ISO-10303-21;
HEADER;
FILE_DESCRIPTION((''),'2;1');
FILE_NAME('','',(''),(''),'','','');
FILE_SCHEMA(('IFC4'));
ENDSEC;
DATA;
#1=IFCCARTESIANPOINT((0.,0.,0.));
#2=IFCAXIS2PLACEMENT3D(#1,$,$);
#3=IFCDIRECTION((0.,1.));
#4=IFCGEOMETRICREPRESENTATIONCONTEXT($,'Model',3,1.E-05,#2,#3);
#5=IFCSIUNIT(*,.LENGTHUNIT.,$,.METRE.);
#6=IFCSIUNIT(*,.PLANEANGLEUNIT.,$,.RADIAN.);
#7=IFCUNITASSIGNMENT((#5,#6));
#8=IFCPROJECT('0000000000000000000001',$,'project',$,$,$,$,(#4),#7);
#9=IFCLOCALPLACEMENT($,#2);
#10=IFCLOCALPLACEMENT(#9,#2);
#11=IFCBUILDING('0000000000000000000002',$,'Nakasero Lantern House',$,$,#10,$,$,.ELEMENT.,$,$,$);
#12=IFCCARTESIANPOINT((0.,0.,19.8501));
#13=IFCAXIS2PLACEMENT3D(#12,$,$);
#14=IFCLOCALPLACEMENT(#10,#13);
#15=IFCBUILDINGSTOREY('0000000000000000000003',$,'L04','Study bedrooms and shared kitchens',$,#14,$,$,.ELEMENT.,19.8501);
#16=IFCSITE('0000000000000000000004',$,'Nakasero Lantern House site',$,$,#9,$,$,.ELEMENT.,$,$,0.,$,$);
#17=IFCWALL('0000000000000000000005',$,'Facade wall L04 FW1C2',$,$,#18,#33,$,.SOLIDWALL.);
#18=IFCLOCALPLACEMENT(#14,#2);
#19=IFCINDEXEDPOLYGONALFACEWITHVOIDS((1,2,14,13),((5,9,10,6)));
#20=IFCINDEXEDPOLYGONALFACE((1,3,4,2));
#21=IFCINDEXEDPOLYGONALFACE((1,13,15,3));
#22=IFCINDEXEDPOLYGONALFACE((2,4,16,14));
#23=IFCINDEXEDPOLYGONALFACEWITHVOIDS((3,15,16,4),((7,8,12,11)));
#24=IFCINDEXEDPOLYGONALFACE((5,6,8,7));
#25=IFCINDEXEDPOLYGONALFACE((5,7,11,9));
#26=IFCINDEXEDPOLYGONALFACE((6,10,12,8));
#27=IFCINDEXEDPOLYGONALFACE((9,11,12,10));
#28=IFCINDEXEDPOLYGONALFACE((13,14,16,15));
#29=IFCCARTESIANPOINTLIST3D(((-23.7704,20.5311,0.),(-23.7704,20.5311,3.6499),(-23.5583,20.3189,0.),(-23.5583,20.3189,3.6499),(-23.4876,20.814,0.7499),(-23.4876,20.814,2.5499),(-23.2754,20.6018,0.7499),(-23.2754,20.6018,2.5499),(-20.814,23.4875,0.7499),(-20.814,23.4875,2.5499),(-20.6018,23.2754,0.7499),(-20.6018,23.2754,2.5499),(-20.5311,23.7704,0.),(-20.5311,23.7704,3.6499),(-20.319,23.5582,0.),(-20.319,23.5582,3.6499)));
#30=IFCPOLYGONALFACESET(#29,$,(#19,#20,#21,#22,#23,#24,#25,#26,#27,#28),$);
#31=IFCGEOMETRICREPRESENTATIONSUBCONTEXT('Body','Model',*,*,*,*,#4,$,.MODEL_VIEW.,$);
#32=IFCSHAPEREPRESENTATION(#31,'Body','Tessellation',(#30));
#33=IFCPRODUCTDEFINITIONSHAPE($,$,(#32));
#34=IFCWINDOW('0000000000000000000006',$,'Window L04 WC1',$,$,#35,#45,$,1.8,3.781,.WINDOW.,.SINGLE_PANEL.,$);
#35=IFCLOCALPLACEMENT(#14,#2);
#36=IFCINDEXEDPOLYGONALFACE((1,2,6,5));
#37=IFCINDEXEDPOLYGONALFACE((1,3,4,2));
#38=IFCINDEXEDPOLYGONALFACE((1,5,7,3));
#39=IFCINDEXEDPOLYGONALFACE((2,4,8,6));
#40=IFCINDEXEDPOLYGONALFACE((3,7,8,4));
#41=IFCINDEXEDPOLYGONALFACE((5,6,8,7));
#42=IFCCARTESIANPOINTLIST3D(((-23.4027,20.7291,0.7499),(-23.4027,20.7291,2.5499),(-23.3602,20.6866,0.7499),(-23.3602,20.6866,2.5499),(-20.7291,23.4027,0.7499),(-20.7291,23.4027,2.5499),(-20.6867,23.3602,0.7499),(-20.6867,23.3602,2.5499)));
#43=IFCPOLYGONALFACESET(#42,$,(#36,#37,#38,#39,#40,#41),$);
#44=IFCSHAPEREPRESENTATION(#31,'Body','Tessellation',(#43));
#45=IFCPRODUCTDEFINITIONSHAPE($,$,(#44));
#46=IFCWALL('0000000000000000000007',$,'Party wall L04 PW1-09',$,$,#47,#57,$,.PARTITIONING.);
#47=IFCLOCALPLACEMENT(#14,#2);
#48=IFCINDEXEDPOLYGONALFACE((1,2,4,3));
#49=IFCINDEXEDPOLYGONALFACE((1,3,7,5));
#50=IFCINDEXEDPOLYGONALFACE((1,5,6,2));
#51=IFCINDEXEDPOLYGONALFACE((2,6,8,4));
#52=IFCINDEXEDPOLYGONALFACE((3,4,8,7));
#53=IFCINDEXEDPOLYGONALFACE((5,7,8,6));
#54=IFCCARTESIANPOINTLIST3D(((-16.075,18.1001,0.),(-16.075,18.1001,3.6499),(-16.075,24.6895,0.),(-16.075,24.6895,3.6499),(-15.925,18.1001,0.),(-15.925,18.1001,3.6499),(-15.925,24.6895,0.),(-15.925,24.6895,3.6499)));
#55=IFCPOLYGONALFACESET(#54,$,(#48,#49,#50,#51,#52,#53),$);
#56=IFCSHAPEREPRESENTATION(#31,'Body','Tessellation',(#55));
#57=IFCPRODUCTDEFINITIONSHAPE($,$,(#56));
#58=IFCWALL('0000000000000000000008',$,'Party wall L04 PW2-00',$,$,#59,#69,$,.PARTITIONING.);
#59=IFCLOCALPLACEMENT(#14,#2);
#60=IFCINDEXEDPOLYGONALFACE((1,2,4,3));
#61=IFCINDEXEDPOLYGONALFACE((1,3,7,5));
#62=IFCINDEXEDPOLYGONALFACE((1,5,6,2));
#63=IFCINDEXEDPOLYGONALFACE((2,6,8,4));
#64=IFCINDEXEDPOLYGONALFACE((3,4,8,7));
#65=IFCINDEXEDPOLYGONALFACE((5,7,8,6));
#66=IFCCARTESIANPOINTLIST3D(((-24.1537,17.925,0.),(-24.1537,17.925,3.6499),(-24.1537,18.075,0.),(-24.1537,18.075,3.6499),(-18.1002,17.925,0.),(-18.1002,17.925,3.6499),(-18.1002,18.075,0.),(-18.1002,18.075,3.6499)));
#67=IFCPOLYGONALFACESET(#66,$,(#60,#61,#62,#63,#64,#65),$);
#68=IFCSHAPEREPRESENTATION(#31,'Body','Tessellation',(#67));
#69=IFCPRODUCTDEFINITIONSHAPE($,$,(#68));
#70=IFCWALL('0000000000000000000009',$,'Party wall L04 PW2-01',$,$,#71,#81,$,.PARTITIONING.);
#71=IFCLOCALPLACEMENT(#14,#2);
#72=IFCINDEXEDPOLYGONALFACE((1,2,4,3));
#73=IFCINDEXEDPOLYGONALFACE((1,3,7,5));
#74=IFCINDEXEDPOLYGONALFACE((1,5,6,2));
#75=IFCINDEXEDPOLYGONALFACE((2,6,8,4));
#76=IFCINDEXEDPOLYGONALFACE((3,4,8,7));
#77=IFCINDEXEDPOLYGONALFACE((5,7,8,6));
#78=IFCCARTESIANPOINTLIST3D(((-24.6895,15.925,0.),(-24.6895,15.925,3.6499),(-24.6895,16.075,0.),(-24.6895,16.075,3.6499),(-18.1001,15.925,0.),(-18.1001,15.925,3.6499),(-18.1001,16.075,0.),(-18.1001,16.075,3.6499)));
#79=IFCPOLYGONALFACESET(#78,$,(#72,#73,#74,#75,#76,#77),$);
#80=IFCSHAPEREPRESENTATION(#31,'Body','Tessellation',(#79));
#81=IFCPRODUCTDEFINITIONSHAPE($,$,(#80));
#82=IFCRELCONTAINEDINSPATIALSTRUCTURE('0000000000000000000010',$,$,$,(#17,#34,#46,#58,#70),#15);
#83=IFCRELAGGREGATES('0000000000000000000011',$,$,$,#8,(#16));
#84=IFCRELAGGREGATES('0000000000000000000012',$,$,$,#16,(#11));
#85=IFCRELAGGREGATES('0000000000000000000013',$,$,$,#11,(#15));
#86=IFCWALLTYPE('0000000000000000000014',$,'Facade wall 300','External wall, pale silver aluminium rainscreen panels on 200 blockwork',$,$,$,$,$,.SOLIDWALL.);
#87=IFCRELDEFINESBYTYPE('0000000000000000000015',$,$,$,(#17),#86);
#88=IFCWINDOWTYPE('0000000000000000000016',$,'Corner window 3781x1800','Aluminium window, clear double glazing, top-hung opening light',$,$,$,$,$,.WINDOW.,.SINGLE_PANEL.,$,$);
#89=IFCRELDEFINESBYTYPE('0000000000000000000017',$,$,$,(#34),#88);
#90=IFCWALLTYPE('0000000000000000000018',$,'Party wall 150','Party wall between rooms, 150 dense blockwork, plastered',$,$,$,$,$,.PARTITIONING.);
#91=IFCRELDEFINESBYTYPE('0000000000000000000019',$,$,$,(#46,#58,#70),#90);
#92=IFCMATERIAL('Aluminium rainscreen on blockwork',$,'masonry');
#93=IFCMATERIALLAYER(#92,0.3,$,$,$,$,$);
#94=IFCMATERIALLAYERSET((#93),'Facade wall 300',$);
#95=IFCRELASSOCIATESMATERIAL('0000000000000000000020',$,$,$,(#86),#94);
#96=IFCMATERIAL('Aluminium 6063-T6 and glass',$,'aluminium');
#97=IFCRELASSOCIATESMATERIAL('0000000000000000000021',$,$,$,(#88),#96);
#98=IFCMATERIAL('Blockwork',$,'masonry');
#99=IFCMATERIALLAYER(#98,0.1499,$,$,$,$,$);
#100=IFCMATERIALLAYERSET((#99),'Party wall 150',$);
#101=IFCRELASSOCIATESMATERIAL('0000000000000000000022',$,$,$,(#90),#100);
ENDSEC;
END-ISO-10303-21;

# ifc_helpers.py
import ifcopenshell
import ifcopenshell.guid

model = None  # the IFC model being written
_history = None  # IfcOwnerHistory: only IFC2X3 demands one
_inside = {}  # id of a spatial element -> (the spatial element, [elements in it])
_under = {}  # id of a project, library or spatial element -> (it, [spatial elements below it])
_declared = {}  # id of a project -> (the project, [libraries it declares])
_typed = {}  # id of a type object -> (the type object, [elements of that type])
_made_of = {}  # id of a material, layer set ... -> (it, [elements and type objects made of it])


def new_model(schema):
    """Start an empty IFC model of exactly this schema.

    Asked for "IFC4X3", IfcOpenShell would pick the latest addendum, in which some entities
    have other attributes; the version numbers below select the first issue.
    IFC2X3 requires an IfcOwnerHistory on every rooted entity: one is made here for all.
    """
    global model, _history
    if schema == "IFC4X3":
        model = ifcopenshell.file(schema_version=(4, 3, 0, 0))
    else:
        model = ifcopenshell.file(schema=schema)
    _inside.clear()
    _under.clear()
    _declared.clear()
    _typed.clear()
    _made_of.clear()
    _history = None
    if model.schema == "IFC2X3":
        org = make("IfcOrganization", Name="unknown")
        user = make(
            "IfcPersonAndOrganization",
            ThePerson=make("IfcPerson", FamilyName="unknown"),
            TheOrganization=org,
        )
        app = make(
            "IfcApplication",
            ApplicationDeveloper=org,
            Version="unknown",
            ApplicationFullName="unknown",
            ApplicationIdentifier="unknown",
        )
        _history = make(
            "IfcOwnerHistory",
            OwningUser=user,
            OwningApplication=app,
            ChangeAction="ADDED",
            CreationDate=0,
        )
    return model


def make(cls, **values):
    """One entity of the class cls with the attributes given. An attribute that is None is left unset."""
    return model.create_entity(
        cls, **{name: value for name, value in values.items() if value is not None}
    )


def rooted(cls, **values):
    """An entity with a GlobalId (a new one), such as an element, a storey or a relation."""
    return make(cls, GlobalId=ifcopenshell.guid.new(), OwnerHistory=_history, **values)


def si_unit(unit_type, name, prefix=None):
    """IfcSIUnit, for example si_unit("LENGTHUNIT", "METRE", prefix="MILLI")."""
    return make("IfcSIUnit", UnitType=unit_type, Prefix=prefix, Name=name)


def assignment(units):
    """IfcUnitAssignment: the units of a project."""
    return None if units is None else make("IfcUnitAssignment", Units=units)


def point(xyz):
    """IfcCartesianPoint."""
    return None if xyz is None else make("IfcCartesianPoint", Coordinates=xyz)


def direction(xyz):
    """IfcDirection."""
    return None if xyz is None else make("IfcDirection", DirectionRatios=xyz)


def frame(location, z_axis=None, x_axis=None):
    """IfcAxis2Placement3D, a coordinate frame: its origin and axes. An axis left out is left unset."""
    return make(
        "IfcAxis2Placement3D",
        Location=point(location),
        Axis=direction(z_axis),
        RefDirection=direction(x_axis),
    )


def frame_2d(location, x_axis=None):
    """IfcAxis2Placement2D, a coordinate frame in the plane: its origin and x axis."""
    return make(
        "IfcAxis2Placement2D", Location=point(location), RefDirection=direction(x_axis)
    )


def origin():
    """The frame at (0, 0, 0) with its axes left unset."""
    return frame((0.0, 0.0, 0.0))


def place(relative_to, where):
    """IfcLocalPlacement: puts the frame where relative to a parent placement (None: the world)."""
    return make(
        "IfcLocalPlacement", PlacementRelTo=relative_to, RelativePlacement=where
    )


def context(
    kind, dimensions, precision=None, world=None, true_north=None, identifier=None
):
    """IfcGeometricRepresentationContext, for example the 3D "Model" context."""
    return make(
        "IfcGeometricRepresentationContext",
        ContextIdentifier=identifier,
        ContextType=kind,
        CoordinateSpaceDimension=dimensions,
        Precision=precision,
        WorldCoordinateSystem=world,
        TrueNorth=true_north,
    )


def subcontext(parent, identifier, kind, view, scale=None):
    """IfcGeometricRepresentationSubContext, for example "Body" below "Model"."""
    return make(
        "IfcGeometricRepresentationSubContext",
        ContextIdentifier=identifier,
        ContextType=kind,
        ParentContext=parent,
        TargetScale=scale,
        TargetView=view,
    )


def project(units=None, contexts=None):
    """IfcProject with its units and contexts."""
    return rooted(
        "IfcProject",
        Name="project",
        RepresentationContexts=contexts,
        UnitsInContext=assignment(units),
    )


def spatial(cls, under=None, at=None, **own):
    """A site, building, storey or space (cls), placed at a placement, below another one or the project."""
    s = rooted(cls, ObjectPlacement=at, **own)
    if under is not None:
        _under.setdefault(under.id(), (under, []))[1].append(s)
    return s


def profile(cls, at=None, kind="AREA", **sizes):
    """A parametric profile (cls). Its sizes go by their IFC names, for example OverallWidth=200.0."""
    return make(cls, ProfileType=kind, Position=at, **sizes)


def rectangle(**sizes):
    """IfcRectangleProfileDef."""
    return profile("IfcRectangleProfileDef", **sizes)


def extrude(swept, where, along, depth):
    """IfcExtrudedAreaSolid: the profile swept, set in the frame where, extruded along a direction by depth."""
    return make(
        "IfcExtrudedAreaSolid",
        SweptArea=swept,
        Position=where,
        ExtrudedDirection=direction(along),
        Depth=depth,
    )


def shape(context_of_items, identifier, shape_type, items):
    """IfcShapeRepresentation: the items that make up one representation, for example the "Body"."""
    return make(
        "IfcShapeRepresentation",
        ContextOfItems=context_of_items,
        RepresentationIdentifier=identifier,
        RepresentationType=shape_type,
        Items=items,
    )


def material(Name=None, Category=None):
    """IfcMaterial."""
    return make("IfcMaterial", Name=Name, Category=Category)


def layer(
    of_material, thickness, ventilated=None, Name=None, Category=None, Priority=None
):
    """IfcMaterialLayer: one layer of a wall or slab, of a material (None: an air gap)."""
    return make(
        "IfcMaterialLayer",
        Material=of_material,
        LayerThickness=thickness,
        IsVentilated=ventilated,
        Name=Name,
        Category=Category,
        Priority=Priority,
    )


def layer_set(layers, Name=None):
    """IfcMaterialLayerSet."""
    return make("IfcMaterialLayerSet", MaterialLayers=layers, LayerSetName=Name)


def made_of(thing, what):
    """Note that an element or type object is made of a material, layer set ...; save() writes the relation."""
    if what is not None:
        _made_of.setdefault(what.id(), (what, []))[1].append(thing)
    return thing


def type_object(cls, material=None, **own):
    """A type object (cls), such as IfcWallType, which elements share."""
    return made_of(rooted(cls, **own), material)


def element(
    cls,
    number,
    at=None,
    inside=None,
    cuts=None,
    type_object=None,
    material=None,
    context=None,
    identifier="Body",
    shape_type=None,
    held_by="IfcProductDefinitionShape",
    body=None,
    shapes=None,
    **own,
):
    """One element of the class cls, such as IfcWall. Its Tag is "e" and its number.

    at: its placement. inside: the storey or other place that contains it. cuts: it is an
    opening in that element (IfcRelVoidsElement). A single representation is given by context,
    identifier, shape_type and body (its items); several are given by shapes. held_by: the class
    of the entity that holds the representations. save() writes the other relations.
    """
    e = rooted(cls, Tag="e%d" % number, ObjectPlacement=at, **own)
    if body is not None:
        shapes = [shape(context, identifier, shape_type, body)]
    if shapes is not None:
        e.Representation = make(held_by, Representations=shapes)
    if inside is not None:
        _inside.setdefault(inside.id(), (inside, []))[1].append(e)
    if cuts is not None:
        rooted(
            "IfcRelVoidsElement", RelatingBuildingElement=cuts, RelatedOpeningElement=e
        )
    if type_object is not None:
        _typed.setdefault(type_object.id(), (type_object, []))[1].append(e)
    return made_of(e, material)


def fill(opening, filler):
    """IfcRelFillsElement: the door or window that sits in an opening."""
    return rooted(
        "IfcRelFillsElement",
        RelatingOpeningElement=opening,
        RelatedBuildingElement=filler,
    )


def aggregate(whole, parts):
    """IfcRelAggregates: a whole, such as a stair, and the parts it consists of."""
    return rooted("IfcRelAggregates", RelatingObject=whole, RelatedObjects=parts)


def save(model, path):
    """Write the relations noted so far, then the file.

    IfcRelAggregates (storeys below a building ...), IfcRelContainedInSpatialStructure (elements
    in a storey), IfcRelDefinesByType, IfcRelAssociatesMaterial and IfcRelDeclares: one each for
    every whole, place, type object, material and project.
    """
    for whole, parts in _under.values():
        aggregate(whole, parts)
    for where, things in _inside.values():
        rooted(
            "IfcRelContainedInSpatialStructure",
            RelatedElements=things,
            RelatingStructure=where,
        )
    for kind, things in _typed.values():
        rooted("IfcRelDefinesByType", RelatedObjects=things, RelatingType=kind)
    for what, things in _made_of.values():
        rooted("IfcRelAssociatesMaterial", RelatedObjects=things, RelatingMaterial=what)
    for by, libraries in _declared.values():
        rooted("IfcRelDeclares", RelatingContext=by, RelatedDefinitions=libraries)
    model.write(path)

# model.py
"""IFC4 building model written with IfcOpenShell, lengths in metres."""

from ifc_helpers import new_model, si_unit, direction, frame, frame_2d, origin, place, context, subcontext, project, spatial, rectangle, extrude, material, layer, layer_set, type_object, element, fill, save


model = new_model("IFC4")

# Units and contexts
model_context = context("Model", 3, precision=1e-05, world=origin(), true_north=direction((0.0, 1.0)))
body_context = subcontext(model_context, "Body", "Model", "MODEL_VIEW")
ifc_project = project(units=[si_unit("LENGTHUNIT", "METRE"), si_unit("PLANEANGLEUNIT", "RADIAN")], contexts=[model_context])

# Site, building, storey
site_placement = place(None, origin())
site = spatial("IfcSite", under=ifc_project, at=site_placement, Name="Nakasero Lantern House site", CompositionType="ELEMENT", RefElevation=0.0)
building_placement = place(site_placement, origin())
building = spatial("IfcBuilding", under=site, at=building_placement, Name="Nakasero Lantern House", CompositionType="ELEMENT")
storey_placement = place(building_placement, frame((0.0, 0.0, 19.8501)))
storey = spatial("IfcBuildingStorey", under=building, at=storey_placement, Name="L04", Description="Study bedrooms and shared kitchens", CompositionType="ELEMENT", Elevation=19.8501)

# Shared definitions
ifc_material_1 = material(Name="Aluminium rainscreen on blockwork", Category="masonry")
ifc_layer_1 = layer(ifc_material_1, 0.3)
ifc_layer_set_1 = layer_set([ifc_layer_1], Name="Facade wall 300")
wall_type_1 = type_object("IfcWallType", Name="Facade wall 300", Description="External wall, pale silver aluminium rainscreen panels on 200 blockwork", PredefinedType="SOLIDWALL", material=ifc_layer_set_1)

# Wall, opening, window
wall_1_placement = place(storey_placement, frame((-20.425, 23.6643, 0.0), z_axis=(0.0, 0.0, 1.0), x_axis=(-0.707107, -0.707107, 0.0)))
wall_1 = element("IfcWall", 1, at=wall_1_placement, inside=storey, type_object=wall_type_1, Name="Facade wall L04 FW1C2", PredefinedType="SOLIDWALL", context=body_context, shape_type="SweptSolid", body=[
    extrude(rectangle(XDim=4.5811, YDim=0.3, at=frame_2d((2.2905, 0.0))), origin(), (0.0, 0.0, 1.0), 3.6499),
])
opening_1_placement = place(wall_1_placement, frame((0.3999, 0.0, 0.75)))
opening_1 = element("IfcOpeningElement", 2, at=opening_1_placement, cuts=wall_1, PredefinedType="OPENING", context=body_context, shape_type="SweptSolid", body=[
    extrude(rectangle(XDim=3.781, YDim=1.8, at=frame_2d((1.8906, 0.8999))), frame((0.0, 0.1699, 0.0), z_axis=(0.0, -1.0, 0.0), x_axis=(1.0, 0.0, 0.0)), (0.0, 0.0, 1.0), 0.3401),
])
ifc_material_2 = material(Name="Aluminium 6063-T6 and glass", Category="aluminium")
window_type = type_object("IfcWindowType", Name="Corner window 3781x1800", Description="Aluminium window, clear double glazing, top-hung opening light", PartitioningType="SINGLE_PANEL", PredefinedType="WINDOW", material=ifc_material_2)
window_placement = place(opening_1_placement, origin())
window = element("IfcWindow", 3, at=window_placement, inside=storey, type_object=window_type, Name="Window L04 WC1", OverallHeight=1.8, OverallWidth=3.781, PartitioningType="SINGLE_PANEL", PredefinedType="WINDOW", context=body_context, shape_type="SweptSolid", body=[
    extrude(rectangle(XDim=3.781, YDim=1.8, at=frame_2d((1.8906, 0.8999))), frame((0.0, 0.03, 0.0), z_axis=(0.0, -1.0, 0.0), x_axis=(1.0, 0.0, 0.0)), (0.0, 0.0, 1.0), 0.0601),
])
fill(opening_1, window)

# Walls
ifc_material_3 = material(Name="Blockwork", Category="masonry")
ifc_layer_2 = layer(ifc_material_3, 0.1499)
ifc_layer_set_2 = layer_set([ifc_layer_2], Name="Party wall 150")
wall_type_2 = type_object("IfcWallType", Name="Party wall 150", Description="Party wall between rooms, 150 dense blockwork, plastered", PredefinedType="PARTITIONING", material=ifc_layer_set_2)
wall_2_placement = place(storey_placement, frame((-16.0, 18.1001, 0.0), z_axis=(0.0, 0.0, 1.0), x_axis=(0.0, 1.0, 0.0)))
element("IfcWall", 4, at=wall_2_placement, inside=storey, type_object=wall_type_2, Name="Party wall L04 PW1-09", PredefinedType="PARTITIONING", context=body_context, shape_type="SweptSolid", body=[
    extrude(rectangle(XDim=6.5894, YDim=0.1499, at=frame_2d((3.2947, 0.0))), origin(), (0.0, 0.0, 1.0), 3.6499),
])
wall_3_placement = place(storey_placement, frame((-18.1001, 18.0, 0.0), z_axis=(0.0, 0.0, 1.0), x_axis=(-1.0, 0.0, 0.0)))
element("IfcWall", 5, at=wall_3_placement, inside=storey, type_object=wall_type_2, Name="Party wall L04 PW2-00", PredefinedType="PARTITIONING", context=body_context, shape_type="SweptSolid", body=[
    extrude(rectangle(XDim=6.0535, YDim=0.1499, at=frame_2d((3.0269, 0.0))), origin(), (0.0, 0.0, 1.0), 3.6499),
])
wall_4_placement = place(storey_placement, frame((-18.1001, 16.0, 0.0), z_axis=(0.0, 0.0, 1.0), x_axis=(-1.0, 0.0, 0.0)))
element("IfcWall", 6, at=wall_4_placement, inside=storey, type_object=wall_type_2, Name="Party wall L04 PW2-01", PredefinedType="PARTITIONING", context=body_context, shape_type="SweptSolid", body=[
    extrude(rectangle(XDim=6.5894, YDim=0.1499, at=frame_2d((3.2947, 0.0))), origin(), (0.0, 0.0, 1.0), 3.6499),
])

save(model, "model.ifc")
